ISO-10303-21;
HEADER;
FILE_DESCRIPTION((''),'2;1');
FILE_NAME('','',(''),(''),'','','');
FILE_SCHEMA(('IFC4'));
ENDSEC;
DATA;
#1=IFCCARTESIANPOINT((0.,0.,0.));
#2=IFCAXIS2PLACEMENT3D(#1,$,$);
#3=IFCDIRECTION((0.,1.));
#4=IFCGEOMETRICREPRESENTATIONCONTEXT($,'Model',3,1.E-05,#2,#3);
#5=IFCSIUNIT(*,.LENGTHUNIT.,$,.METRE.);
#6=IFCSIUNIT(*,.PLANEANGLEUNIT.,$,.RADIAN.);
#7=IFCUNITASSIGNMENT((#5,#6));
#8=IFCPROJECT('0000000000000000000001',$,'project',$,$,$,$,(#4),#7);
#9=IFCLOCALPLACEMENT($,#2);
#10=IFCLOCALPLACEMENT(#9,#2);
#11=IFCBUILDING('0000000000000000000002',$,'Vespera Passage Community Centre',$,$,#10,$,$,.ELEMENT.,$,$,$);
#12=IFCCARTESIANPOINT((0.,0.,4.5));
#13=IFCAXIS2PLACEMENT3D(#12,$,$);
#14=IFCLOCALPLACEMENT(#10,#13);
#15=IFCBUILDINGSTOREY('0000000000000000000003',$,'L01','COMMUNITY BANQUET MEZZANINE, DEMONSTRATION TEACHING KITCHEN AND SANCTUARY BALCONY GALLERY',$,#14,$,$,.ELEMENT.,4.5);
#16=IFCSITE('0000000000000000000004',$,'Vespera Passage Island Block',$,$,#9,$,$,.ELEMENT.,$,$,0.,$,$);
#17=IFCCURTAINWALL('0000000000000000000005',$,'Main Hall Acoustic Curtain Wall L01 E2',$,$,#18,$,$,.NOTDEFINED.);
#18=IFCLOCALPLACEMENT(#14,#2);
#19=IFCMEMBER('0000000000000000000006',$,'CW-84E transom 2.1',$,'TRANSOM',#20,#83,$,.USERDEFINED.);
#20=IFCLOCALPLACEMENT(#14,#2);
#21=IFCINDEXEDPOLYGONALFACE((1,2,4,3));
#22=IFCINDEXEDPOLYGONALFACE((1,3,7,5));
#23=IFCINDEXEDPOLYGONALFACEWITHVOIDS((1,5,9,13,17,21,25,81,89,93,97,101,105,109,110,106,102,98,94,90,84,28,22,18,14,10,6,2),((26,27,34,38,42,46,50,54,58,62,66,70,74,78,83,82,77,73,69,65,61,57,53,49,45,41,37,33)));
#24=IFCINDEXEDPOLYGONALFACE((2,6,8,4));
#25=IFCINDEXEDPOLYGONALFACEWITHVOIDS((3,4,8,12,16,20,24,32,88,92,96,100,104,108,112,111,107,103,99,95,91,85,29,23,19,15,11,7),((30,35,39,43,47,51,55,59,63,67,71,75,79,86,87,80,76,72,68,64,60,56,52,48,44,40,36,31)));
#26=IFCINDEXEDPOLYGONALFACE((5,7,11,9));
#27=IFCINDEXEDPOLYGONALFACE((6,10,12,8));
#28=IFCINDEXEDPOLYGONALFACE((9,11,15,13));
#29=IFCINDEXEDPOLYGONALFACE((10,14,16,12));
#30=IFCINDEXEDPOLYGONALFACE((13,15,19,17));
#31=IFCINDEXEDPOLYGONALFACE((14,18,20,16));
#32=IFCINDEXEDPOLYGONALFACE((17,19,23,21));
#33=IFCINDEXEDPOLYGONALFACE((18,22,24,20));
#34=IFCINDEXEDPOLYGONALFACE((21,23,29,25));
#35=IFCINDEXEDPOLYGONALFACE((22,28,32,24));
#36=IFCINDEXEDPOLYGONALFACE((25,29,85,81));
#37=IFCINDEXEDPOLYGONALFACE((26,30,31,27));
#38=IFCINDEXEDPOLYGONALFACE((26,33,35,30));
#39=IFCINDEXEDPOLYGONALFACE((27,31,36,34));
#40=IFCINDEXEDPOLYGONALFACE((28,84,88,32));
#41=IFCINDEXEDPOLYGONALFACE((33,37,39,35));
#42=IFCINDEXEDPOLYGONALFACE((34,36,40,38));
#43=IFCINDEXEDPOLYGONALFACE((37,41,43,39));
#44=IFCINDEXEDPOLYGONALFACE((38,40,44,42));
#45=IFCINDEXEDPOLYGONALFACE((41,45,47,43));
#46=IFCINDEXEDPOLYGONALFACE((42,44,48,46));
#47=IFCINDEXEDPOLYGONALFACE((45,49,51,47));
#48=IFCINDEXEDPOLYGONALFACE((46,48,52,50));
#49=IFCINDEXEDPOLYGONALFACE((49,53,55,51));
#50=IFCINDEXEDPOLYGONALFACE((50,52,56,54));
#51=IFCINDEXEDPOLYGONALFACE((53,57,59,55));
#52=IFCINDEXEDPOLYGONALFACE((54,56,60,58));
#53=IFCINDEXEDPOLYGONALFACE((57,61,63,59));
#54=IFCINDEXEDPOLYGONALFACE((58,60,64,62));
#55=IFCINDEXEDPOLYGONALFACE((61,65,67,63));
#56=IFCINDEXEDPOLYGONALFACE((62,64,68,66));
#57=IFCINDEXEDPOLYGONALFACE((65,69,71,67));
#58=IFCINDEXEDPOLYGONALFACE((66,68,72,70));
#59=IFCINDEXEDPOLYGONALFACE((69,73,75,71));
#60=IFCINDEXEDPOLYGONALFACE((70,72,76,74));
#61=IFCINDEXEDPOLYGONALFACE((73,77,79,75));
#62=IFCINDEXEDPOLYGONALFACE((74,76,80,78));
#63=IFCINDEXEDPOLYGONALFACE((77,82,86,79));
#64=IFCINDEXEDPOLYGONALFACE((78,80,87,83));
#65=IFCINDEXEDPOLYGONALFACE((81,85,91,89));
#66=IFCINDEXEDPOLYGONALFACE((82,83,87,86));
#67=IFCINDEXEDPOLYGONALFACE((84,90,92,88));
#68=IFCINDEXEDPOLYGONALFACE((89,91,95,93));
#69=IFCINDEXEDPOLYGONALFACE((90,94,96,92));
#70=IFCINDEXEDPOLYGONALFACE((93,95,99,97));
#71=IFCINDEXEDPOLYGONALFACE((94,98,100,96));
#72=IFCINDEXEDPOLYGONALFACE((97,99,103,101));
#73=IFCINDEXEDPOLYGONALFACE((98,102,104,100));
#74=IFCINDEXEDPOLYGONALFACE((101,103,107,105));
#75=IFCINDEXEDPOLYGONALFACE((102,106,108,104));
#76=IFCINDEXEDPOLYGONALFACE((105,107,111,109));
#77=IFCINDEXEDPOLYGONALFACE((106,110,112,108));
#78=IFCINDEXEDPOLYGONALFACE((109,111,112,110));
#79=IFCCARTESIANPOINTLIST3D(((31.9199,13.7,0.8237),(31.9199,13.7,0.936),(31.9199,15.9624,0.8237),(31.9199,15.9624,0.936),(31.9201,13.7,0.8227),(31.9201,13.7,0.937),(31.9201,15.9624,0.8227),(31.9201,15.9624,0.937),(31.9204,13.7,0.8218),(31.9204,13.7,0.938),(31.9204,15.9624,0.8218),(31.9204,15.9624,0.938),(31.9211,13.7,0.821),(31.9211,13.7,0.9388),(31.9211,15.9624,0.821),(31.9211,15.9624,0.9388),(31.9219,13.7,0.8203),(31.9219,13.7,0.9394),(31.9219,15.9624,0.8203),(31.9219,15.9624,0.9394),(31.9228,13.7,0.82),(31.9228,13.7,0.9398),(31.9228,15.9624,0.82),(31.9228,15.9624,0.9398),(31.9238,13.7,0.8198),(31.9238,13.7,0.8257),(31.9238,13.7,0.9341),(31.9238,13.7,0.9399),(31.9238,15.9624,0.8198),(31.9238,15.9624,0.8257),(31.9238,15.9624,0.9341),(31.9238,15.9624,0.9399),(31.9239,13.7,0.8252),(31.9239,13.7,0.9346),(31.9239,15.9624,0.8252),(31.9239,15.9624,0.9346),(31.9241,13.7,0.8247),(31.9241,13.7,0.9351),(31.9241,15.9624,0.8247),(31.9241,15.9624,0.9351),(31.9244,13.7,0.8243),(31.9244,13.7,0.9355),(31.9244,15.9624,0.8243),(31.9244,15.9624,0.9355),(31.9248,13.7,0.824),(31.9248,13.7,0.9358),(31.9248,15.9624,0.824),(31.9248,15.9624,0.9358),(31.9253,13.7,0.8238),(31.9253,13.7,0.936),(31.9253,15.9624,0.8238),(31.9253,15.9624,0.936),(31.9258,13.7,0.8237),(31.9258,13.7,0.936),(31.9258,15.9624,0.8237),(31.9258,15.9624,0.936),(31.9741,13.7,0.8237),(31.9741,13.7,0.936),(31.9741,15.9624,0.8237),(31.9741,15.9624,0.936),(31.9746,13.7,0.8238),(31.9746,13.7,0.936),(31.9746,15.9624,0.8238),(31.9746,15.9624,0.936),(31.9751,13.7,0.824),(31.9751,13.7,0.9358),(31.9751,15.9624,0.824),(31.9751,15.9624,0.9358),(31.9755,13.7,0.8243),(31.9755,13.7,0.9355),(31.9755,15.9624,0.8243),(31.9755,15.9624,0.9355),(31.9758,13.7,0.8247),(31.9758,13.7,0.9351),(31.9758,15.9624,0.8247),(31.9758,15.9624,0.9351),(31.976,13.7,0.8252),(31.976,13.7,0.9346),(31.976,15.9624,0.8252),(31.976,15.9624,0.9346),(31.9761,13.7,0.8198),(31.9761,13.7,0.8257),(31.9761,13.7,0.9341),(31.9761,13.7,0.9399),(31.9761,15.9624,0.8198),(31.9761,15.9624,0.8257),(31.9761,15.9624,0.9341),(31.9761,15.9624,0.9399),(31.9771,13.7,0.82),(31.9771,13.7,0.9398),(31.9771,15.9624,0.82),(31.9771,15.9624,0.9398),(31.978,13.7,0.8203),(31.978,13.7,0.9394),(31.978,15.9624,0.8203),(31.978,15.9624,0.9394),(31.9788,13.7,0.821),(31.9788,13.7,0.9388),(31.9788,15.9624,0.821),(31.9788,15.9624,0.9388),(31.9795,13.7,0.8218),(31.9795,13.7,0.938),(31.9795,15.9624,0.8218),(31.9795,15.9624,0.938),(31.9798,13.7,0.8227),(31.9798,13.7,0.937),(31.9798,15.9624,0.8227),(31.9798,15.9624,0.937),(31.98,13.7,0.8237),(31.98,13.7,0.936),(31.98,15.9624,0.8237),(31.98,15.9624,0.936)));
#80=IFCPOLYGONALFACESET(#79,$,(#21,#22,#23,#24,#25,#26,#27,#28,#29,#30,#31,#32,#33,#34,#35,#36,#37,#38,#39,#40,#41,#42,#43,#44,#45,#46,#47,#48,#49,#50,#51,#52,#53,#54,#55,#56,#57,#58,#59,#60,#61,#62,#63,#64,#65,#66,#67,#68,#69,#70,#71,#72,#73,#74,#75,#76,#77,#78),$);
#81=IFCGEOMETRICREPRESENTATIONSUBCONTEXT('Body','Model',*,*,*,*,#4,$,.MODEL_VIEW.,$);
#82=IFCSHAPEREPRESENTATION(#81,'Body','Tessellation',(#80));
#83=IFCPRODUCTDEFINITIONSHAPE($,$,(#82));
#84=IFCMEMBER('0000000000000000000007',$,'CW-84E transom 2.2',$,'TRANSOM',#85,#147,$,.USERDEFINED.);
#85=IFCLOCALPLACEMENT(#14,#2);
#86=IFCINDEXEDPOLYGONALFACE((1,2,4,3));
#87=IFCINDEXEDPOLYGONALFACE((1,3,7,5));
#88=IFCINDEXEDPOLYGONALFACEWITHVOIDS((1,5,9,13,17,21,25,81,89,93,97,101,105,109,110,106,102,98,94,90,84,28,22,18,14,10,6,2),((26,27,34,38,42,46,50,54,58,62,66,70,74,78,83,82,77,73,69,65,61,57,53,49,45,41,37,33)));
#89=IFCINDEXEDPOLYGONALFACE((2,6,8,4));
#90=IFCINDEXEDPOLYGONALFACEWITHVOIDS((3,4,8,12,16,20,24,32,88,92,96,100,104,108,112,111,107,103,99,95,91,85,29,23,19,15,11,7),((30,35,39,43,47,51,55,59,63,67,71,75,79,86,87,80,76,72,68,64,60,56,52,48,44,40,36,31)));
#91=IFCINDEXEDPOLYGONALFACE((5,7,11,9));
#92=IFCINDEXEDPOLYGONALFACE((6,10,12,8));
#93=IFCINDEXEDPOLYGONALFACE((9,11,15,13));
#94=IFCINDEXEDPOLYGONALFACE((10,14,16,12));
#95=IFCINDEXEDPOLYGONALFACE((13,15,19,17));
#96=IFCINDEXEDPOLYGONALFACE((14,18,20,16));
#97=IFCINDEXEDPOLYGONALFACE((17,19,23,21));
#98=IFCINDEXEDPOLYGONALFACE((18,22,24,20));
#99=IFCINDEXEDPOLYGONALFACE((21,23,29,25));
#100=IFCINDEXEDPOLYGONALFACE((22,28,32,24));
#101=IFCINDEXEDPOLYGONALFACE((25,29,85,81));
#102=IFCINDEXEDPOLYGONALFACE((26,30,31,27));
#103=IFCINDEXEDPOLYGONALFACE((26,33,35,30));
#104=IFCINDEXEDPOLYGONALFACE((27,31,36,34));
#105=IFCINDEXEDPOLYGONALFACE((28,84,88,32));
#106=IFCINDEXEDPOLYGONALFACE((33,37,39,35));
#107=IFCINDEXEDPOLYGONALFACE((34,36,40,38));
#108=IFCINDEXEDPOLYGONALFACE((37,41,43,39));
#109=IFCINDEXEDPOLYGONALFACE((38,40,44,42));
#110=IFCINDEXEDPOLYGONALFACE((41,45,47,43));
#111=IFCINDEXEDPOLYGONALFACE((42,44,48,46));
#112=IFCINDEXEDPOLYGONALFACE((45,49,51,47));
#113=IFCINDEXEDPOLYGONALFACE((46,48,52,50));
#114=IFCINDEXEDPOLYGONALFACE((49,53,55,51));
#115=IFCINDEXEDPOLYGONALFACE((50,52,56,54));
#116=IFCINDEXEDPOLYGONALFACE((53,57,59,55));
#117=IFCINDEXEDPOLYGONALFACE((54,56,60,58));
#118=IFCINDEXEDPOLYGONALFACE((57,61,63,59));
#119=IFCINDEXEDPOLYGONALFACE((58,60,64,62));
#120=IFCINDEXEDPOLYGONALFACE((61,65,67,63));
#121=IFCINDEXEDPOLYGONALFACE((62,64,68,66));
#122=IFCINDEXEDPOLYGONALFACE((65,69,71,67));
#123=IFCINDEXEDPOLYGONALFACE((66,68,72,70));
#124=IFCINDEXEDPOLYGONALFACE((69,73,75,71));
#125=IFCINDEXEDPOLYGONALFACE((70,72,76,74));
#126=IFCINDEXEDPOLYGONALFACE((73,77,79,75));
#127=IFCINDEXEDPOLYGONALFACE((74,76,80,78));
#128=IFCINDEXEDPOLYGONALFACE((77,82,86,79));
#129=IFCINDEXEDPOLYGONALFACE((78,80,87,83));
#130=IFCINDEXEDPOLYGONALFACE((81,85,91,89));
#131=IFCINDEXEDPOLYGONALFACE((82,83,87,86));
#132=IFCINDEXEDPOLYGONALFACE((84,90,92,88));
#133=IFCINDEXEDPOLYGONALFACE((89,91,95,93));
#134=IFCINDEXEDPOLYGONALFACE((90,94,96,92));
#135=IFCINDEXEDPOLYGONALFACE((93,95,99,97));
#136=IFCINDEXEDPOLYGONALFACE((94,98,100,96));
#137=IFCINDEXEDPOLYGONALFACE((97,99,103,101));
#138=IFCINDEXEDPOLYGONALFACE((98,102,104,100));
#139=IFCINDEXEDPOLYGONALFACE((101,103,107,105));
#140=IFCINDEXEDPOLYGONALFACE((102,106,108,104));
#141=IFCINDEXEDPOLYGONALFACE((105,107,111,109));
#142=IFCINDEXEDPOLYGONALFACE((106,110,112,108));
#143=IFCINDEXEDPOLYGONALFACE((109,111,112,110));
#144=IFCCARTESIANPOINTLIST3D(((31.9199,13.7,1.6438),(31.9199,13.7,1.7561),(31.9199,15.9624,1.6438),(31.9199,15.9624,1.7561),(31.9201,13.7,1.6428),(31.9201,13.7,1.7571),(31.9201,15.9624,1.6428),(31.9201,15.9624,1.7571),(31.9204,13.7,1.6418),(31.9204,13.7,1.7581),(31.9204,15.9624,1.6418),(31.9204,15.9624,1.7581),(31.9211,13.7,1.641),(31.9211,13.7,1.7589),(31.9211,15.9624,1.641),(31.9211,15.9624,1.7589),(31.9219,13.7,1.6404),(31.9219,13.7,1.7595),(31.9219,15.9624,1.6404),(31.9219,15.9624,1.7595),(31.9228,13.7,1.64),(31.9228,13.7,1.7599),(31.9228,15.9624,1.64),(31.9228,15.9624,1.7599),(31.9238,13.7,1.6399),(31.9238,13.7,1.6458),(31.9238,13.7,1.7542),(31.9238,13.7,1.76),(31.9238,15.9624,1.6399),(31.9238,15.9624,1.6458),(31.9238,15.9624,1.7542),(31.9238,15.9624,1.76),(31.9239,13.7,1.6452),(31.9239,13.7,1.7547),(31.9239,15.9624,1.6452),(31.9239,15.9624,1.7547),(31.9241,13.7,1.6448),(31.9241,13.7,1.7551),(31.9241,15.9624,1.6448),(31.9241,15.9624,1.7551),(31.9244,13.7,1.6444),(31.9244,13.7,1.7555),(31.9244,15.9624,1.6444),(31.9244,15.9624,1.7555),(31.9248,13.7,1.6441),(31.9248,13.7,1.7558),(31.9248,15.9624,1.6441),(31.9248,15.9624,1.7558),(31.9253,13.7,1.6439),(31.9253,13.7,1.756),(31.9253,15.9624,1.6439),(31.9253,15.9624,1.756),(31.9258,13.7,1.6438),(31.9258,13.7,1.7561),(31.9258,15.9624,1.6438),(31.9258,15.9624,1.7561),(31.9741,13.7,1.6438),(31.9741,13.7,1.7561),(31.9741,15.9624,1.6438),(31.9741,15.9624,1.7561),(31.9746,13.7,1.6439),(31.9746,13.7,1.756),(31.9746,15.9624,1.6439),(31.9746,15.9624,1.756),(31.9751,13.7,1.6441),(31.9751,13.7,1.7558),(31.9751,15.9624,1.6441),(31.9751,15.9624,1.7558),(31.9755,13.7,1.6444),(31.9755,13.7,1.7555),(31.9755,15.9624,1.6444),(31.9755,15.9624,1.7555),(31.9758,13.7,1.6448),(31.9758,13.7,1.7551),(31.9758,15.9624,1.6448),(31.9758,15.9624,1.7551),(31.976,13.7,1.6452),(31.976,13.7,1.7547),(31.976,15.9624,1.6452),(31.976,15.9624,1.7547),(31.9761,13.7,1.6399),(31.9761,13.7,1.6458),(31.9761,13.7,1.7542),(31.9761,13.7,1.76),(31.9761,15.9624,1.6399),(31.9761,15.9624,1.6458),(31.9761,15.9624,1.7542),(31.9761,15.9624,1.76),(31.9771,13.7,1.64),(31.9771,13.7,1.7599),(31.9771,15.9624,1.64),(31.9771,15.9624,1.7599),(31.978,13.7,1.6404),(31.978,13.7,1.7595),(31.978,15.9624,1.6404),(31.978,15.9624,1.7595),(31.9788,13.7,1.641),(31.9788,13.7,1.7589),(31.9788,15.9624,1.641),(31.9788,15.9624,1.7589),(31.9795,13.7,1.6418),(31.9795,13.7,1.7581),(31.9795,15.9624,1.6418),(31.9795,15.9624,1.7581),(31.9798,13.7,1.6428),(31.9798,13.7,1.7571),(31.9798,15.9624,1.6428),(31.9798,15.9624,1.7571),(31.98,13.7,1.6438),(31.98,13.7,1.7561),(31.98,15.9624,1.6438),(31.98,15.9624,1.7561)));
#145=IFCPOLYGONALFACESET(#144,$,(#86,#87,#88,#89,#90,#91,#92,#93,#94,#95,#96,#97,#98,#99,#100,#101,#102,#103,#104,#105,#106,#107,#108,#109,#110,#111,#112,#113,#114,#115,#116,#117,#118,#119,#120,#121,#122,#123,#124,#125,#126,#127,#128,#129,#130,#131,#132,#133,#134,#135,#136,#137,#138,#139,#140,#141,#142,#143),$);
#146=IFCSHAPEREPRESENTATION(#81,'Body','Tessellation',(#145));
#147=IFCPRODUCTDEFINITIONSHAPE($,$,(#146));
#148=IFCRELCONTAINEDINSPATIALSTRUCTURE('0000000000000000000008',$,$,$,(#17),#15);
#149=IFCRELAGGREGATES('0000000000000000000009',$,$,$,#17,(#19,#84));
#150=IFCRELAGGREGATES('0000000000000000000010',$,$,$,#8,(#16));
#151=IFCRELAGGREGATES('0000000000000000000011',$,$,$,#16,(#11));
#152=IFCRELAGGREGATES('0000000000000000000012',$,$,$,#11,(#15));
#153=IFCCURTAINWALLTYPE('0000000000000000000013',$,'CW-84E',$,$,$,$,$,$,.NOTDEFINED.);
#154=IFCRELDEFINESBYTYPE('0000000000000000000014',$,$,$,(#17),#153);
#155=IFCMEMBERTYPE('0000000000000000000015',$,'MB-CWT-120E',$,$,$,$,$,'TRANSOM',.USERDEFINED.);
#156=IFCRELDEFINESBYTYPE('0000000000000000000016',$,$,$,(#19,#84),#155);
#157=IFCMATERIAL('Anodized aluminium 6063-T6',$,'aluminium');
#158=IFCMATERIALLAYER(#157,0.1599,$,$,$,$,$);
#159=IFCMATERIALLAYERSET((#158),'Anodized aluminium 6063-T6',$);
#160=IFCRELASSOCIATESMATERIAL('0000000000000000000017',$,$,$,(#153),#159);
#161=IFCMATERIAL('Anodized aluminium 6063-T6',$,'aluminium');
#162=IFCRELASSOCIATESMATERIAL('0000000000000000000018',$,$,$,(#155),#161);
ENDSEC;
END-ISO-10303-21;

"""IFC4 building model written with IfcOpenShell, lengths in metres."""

from ifc_helpers import new_model, si_unit, direction, frame, origin, origin_2d, place, context, subcontext, project, spatial, hollow_rectangle, extrude, material, layer, layer_set, material_profile, profile_set, type_object, element, aggregate, save


model = new_model("IFC4")

# Units and contexts
model_context = context("Model", 3, precision=1e-05, world=origin(), true_north=direction((0.0, 1.0)))
body_context = subcontext(model_context, "Body", "Model", "MODEL_VIEW")
ifc_project = project(units=[si_unit("LENGTHUNIT", "METRE"), si_unit("PLANEANGLEUNIT", "RADIAN")], contexts=[model_context])

# Site, building, storey
site_placement = place(None, origin())
site = spatial("IfcSite", under=ifc_project, at=site_placement, Name="Vespera Passage Island Block", CompositionType="ELEMENT", RefElevation=0.0)
building_placement = place(site_placement, origin())
building = spatial("IfcBuilding", under=site, at=building_placement, Name="Vespera Passage Community Centre", CompositionType="ELEMENT")
storey_placement = place(building_placement, frame((0.0, 0.0, 4.5)))
storey = spatial("IfcBuildingStorey", under=building, at=storey_placement, Name="L01", Description="COMMUNITY BANQUET MEZZANINE, DEMONSTRATION TEACHING KITCHEN AND SANCTUARY BALCONY GALLERY", CompositionType="ELEMENT", Elevation=4.5)

# Curtain wall
ifc_material_1 = material(Name="Anodized aluminium 6063-T6", Category="aluminium")
ifc_layer_1 = layer(ifc_material_1, 0.1599)
ifc_layer_set_1 = layer_set([ifc_layer_1], Name="Anodized aluminium 6063-T6")
curtain_wall_type = type_object("IfcCurtainWallType", Name="CW-84E", PredefinedType="NOTDEFINED", material=ifc_layer_set_1)
curtain_wall_1_placement = place(storey_placement, origin())
curtain_wall_1 = element("IfcCurtainWall", 1, at=curtain_wall_1_placement, inside=storey, type_object=curtain_wall_type, Name="Main Hall Acoustic Curtain Wall L01 E2", PredefinedType="NOTDEFINED")

# Members
ifc_material_2 = material(Name="Anodized aluminium 6063-T6", Category="aluminium")
ifc_material_profile_1 = material_profile(ifc_material_2, hollow_rectangle(XDim=0.0601, YDim=0.1201, WallThickness=0.0039, InnerFilletRadius=0.002, OuterFilletRadius=0.0039, at=origin_2d()), Name="ALU120X60X4")
ifc_profile_set_1 = profile_set([ifc_material_profile_1], Name="Anodized aluminium 6063-T6")
member_type_1 = type_object("IfcMemberType", Name="MB-CWT-120E", ElementType="TRANSOM", PredefinedType="USERDEFINED", material=ifc_profile_set_1)
member_1_placement = place(storey_placement, frame((31.95, 15.9624, 0.8799), z_axis=(0.0, -1.0, 0.0), x_axis=(1.0, 0.0, 0.0)))
member_1 = element("IfcMember", 2, at=member_1_placement, type_object=member_type_1, Name="CW-84E transom 2.1", ObjectType="TRANSOM", PredefinedType="USERDEFINED", context=body_context, shape_type="SweptSolid", body=[
    extrude(hollow_rectangle(XDim=0.0601, YDim=0.1201, WallThickness=0.0039, InnerFilletRadius=0.002, OuterFilletRadius=0.0039, at=origin_2d()), origin(), (0.0, 0.0, 1.0), 2.2625),
])
member_2_placement = place(storey_placement, frame((31.95, 15.9624, 1.7), z_axis=(0.0, -1.0, 0.0), x_axis=(1.0, 0.0, 0.0)))
member_2 = element("IfcMember", 3, at=member_2_placement, type_object=member_type_1, Name="CW-84E transom 2.2", ObjectType="TRANSOM", PredefinedType="USERDEFINED", context=body_context, shape_type="SweptSolid", body=[
    extrude(hollow_rectangle(XDim=0.0601, YDim=0.1201, WallThickness=0.0039, InnerFilletRadius=0.002, OuterFilletRadius=0.0039, at=origin_2d()), origin(), (0.0, 0.0, 1.0), 2.2625),
])

aggregate(curtain_wall_1, [member_1, member_2])

save(model, "model.ifc")
